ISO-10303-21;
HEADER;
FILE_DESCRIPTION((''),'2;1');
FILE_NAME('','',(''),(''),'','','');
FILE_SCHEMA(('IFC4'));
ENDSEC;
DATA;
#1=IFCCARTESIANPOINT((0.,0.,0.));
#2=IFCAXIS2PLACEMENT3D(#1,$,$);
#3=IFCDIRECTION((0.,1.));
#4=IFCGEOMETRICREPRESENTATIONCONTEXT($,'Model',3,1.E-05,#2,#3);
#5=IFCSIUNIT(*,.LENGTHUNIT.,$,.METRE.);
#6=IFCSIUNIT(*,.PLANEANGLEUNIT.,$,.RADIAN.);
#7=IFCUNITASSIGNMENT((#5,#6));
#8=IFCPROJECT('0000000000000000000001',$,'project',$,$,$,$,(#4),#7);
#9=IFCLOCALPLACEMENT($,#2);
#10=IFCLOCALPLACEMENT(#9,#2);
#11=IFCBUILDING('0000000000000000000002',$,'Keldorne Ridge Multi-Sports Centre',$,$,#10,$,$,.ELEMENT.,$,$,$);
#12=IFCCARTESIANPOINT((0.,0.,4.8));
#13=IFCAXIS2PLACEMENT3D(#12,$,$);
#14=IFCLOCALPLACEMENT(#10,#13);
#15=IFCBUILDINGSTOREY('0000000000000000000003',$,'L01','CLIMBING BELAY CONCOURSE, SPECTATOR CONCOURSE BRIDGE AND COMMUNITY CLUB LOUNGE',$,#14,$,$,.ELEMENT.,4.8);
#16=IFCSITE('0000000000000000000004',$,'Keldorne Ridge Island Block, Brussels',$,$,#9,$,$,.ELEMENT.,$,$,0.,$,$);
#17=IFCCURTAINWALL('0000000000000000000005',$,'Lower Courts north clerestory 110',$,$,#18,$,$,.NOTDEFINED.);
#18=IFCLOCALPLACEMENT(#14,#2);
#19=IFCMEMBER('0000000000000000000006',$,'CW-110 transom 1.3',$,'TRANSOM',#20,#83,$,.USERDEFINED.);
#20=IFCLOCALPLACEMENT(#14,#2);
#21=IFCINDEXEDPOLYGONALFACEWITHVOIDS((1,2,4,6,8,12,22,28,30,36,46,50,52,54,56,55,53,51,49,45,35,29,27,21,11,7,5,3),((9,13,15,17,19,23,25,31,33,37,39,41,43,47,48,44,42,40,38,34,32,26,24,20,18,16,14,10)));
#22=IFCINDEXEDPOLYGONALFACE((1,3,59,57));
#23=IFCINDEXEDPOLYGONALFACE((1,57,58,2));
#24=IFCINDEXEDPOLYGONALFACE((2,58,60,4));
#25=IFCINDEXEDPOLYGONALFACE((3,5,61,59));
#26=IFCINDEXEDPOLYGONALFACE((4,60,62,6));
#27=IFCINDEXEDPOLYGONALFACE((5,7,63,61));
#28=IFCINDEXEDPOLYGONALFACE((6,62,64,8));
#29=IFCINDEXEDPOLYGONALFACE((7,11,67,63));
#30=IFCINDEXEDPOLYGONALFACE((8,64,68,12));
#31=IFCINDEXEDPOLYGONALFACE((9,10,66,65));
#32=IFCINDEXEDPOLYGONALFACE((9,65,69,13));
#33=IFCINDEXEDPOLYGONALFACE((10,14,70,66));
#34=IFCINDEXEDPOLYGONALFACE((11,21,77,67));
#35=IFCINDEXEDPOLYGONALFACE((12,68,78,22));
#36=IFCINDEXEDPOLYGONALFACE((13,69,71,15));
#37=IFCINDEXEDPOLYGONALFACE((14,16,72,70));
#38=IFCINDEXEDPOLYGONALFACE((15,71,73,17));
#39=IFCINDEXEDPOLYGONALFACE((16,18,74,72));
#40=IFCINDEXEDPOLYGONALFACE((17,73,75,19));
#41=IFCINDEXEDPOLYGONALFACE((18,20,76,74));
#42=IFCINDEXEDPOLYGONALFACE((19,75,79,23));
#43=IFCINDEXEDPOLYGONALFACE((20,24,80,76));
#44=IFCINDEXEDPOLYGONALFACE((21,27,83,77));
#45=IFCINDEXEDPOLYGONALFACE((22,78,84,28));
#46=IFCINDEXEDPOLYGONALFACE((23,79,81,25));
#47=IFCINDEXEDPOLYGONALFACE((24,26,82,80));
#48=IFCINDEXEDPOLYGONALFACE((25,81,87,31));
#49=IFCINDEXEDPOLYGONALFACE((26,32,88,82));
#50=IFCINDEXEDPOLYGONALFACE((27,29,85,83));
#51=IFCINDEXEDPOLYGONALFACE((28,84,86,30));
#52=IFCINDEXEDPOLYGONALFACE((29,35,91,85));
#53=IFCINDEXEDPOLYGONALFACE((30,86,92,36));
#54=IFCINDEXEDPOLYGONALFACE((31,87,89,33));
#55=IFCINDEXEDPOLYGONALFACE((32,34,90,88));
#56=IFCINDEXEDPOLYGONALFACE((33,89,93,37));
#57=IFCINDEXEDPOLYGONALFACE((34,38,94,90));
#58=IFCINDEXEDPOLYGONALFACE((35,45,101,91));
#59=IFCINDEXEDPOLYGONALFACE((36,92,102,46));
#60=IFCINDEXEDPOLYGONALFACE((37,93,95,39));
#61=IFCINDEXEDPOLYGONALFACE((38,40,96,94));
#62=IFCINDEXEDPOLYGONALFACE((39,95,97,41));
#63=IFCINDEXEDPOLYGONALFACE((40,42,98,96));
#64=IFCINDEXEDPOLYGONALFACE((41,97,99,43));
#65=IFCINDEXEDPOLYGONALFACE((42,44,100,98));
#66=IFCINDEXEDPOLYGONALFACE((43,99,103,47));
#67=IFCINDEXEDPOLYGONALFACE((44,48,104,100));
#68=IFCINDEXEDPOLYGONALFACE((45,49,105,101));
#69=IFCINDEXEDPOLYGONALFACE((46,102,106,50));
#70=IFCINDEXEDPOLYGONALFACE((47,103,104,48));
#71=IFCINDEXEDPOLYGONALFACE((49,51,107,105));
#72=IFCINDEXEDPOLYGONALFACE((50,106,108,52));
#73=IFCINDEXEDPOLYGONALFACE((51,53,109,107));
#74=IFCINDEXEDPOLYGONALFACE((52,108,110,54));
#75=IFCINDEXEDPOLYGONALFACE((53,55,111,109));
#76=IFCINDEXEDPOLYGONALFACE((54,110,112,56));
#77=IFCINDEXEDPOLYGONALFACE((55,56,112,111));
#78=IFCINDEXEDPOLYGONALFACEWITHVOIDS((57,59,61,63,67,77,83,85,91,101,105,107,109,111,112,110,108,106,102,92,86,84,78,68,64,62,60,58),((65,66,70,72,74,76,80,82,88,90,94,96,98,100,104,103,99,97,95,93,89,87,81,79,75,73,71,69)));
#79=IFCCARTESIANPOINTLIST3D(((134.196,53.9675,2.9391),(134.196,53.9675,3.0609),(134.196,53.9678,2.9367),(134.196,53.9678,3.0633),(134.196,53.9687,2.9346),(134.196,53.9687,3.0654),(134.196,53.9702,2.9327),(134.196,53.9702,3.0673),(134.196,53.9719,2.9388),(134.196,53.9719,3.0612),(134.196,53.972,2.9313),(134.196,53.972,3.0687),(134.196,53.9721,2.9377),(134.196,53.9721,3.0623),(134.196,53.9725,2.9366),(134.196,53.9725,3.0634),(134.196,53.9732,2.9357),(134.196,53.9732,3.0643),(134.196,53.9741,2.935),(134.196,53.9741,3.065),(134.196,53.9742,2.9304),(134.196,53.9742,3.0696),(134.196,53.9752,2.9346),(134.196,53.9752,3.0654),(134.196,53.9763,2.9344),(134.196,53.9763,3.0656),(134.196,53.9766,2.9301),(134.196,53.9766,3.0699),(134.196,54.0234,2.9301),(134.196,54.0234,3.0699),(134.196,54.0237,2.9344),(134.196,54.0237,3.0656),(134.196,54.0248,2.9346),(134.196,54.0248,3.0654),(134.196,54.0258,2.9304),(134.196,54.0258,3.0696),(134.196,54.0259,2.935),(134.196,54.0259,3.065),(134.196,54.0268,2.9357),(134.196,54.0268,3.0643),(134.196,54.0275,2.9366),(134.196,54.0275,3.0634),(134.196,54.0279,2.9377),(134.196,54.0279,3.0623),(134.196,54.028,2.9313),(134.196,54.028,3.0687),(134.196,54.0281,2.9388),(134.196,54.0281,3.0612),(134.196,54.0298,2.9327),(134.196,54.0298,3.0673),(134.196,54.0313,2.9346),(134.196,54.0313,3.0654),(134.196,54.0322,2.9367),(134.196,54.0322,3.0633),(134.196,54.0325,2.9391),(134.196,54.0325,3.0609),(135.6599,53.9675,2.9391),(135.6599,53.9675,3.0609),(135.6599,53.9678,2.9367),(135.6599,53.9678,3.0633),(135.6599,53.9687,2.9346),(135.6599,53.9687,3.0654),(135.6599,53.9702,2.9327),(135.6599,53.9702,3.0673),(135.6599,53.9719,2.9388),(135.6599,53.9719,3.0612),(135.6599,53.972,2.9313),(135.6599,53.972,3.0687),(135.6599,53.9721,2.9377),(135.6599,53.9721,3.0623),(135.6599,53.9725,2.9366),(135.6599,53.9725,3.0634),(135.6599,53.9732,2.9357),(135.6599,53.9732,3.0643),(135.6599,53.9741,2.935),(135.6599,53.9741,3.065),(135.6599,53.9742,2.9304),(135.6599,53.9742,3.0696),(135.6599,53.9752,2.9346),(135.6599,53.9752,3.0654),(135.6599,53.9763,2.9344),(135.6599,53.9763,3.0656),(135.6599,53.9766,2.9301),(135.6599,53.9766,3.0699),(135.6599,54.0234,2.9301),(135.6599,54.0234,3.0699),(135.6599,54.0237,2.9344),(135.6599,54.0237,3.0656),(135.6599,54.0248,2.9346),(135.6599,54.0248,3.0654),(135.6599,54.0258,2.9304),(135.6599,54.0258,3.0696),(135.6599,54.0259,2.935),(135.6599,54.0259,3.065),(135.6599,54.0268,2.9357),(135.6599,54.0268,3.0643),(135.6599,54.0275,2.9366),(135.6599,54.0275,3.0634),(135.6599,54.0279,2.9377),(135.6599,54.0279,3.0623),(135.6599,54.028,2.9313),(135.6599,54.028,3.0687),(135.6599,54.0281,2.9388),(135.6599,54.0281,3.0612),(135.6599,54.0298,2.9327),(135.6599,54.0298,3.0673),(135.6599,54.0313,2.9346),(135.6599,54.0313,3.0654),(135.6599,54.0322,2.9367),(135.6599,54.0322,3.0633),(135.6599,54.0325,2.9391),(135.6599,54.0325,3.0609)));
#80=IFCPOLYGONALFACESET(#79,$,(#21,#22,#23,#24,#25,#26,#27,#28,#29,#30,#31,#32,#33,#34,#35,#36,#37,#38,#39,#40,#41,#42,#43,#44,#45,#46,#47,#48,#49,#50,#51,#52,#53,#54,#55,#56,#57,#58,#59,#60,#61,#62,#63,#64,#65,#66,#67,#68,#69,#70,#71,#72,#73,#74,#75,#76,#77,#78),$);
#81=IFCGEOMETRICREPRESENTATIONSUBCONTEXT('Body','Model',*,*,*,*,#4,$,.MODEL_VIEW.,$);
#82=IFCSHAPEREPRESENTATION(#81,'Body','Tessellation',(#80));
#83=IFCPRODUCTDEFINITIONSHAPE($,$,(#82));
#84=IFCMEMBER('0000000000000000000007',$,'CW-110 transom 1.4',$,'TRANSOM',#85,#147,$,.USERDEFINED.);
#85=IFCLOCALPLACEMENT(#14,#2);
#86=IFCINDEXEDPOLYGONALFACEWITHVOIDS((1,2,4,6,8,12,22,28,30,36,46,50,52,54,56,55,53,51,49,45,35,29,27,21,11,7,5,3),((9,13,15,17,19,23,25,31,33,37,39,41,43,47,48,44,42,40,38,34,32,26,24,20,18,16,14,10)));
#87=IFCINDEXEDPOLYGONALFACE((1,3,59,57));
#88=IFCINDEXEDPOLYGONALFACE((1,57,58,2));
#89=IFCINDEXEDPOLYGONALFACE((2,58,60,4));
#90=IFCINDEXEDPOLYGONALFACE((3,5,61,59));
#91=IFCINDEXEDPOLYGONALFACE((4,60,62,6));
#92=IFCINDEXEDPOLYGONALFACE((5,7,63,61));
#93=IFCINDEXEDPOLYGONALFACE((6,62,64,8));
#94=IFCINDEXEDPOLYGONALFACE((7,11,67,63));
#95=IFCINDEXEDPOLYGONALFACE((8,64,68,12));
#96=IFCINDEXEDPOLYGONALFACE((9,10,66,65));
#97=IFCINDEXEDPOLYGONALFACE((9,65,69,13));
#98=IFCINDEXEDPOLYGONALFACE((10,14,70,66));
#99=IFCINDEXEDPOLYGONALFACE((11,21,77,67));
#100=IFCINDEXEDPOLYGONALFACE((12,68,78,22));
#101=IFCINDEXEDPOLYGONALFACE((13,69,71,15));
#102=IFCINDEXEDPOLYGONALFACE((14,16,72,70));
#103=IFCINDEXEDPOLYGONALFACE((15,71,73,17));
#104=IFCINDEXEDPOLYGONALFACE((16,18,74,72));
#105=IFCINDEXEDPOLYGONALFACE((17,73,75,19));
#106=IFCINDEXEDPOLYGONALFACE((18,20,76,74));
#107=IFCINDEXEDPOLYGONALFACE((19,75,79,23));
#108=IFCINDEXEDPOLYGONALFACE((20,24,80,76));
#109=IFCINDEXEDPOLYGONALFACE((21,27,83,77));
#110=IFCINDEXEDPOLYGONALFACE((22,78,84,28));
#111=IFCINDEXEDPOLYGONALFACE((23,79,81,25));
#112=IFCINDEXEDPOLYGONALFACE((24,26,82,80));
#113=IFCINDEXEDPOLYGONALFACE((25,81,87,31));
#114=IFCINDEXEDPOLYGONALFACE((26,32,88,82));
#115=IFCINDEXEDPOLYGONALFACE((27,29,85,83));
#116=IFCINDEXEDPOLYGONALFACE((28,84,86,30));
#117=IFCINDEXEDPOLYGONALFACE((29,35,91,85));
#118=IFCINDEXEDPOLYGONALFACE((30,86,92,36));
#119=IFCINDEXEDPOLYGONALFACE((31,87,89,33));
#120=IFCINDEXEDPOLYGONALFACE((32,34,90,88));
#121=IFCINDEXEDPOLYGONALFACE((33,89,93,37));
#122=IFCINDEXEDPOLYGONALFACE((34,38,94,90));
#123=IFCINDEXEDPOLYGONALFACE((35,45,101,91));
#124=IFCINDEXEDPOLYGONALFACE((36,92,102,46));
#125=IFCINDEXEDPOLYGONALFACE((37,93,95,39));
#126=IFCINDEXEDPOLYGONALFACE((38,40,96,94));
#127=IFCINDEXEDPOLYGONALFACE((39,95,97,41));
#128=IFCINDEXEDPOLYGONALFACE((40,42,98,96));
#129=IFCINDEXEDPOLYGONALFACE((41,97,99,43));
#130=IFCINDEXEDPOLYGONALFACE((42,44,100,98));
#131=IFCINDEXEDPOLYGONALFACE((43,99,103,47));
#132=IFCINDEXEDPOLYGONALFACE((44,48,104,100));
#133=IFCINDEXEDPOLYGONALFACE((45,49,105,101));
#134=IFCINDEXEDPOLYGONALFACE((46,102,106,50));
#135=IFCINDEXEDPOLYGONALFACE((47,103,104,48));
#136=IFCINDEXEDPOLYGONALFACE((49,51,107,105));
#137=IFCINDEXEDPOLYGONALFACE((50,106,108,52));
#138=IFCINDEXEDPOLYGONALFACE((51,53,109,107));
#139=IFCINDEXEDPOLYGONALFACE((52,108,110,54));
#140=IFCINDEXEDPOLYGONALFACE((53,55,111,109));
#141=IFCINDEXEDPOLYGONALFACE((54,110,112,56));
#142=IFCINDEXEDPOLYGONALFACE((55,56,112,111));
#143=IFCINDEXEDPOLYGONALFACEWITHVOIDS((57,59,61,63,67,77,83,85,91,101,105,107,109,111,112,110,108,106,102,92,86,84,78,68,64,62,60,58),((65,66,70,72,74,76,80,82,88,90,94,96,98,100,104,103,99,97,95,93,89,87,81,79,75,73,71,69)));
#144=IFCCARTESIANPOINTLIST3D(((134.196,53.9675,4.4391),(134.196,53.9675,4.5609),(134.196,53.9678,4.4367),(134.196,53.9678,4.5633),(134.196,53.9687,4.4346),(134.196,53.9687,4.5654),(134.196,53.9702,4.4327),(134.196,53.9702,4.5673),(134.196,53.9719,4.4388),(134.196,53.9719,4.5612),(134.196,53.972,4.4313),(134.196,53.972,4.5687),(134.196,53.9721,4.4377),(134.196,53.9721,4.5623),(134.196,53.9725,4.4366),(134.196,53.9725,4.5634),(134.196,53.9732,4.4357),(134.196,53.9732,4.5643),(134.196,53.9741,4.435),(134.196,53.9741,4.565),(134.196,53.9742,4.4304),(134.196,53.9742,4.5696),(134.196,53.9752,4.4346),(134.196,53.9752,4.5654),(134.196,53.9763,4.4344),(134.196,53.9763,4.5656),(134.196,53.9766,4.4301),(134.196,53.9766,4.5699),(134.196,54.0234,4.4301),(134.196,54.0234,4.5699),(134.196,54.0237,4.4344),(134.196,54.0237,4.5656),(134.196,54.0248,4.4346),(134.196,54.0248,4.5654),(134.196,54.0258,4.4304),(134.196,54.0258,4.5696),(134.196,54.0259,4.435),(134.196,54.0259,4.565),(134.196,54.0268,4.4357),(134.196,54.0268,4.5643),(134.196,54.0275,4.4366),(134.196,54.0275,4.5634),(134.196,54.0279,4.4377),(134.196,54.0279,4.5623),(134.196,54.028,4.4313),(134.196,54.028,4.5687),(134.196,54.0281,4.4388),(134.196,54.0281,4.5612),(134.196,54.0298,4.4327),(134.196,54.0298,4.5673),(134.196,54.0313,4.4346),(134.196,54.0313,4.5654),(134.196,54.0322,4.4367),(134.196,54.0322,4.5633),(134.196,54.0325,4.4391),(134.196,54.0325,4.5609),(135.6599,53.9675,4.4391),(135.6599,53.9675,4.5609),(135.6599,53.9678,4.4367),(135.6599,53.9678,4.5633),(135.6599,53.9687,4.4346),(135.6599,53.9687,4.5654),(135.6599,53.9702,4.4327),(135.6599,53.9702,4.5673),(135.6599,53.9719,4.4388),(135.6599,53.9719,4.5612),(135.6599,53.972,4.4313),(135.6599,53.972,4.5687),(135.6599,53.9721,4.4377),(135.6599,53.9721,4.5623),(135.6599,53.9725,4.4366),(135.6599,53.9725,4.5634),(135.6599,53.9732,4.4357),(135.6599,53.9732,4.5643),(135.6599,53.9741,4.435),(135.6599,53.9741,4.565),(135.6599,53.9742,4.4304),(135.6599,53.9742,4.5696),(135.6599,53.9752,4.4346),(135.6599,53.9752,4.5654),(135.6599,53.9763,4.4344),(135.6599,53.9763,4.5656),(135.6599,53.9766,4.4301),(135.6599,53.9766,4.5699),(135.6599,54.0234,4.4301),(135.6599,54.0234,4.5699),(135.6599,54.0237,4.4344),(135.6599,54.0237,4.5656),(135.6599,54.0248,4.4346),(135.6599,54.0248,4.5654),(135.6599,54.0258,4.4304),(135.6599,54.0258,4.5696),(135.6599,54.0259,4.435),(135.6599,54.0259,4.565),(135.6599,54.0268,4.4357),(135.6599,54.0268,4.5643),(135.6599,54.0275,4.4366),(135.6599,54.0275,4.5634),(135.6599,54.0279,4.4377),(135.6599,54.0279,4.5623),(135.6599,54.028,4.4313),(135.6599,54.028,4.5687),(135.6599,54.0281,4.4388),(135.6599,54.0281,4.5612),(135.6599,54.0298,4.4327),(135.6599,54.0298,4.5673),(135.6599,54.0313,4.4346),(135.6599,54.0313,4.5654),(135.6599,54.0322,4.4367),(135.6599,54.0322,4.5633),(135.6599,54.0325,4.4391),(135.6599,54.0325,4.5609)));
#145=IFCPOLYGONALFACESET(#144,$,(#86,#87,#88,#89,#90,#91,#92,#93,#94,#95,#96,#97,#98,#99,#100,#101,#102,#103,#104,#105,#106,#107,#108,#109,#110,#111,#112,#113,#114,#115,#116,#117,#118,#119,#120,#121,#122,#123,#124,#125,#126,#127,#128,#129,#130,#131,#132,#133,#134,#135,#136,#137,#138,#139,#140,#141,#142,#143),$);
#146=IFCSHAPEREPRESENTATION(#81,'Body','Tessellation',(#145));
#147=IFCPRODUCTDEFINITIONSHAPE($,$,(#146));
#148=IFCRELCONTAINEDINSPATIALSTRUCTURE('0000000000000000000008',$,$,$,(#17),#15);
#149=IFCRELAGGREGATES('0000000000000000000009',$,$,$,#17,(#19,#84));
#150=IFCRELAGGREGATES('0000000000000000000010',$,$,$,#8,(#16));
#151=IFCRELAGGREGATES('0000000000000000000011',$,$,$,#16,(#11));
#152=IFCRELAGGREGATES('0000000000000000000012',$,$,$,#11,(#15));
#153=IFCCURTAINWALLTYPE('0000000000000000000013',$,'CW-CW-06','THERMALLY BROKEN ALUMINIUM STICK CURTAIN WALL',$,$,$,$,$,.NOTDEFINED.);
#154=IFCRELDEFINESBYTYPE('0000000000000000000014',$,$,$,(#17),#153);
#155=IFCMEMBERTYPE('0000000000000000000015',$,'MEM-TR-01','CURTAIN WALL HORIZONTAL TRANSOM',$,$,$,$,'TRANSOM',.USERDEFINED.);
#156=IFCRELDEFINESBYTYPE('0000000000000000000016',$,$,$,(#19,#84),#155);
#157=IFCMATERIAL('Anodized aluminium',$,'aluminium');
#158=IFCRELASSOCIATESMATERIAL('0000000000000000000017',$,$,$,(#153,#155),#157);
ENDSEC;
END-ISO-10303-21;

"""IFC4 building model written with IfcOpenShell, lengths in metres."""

from ifc_helpers import new_model, si_unit, direction, frame, origin, origin_2d, place, context, subcontext, project, spatial, hollow_rectangle, extrude, material, material_profile, profile_set, type_object, element, aggregate, save


model = new_model("IFC4")

# Units and contexts
model_context = context("Model", 3, precision=1e-05, world=origin(), true_north=direction((0.0, 1.0)))
body_context = subcontext(model_context, "Body", "Model", "MODEL_VIEW")
ifc_project = project(units=[si_unit("LENGTHUNIT", "METRE"), si_unit("PLANEANGLEUNIT", "RADIAN")], contexts=[model_context])

# Site, building, storey
site_placement = place(None, origin())
site = spatial("IfcSite", under=ifc_project, at=site_placement, Name="Keldorne Ridge Island Block, Brussels", CompositionType="ELEMENT", RefElevation=0.0)
building_placement = place(site_placement, origin())
building = spatial("IfcBuilding", under=site, at=building_placement, Name="Keldorne Ridge Multi-Sports Centre", CompositionType="ELEMENT")
storey_placement = place(building_placement, frame((0.0, 0.0, 4.8)))
storey = spatial("IfcBuildingStorey", under=building, at=storey_placement, Name="L01", Description="CLIMBING BELAY CONCOURSE, SPECTATOR CONCOURSE BRIDGE AND COMMUNITY CLUB LOUNGE", CompositionType="ELEMENT", Elevation=4.8)

# Curtain wall
ifc_material_1 = material(Name="Anodized aluminium", Category="aluminium")
curtain_wall_type_1 = type_object("IfcCurtainWallType", Name="CW-CW-06", Description="THERMALLY BROKEN ALUMINIUM STICK CURTAIN WALL", PredefinedType="NOTDEFINED", material=ifc_material_1)
curtain_wall_1_placement = place(storey_placement, origin())
curtain_wall_1 = element("IfcCurtainWall", 1, at=curtain_wall_1_placement, inside=storey, type_object=curtain_wall_type_1, Name="Lower Courts north clerestory 110", PredefinedType="NOTDEFINED")

# Members
ifc_material_profile_1 = material_profile(ifc_material_1, hollow_rectangle(XDim=0.0649, YDim=0.1399, WallThickness=0.0044, InnerFilletRadius=0.0044, OuterFilletRadius=0.009, at=origin_2d()), Name="ALU TRANSOM 140x65x4.5")
ifc_profile_set_1 = profile_set([ifc_material_profile_1], Name="Anodized aluminium")
member_type_1 = type_object("IfcMemberType", Name="MEM-TR-01", Description="CURTAIN WALL HORIZONTAL TRANSOM", ElementType="TRANSOM", PredefinedType="USERDEFINED", material=ifc_profile_set_1)
member_1_placement = place(storey_placement, frame((135.6599, 54.0, 3.0), z_axis=(-1.0, 0.0, 0.0), x_axis=(0.0, -1.0, 0.0)))
member_1 = element("IfcMember", 2, at=member_1_placement, type_object=member_type_1, Name="CW-110 transom 1.3", ObjectType="TRANSOM", PredefinedType="USERDEFINED", context=body_context, shape_type="SweptSolid", body=[
    extrude(hollow_rectangle(XDim=0.0649, YDim=0.1399, WallThickness=0.0044, InnerFilletRadius=0.0044, OuterFilletRadius=0.009, at=origin_2d()), origin(), (0.0, 0.0, 1.0), 1.4639),
])
member_2_placement = place(storey_placement, frame((135.6599, 54.0, 4.5), z_axis=(-1.0, 0.0, 0.0), x_axis=(0.0, -1.0, 0.0)))
member_2 = element("IfcMember", 3, at=member_2_placement, type_object=member_type_1, Name="CW-110 transom 1.4", ObjectType="TRANSOM", PredefinedType="USERDEFINED", context=body_context, shape_type="SweptSolid", body=[
    extrude(hollow_rectangle(XDim=0.0649, YDim=0.1399, WallThickness=0.0044, InnerFilletRadius=0.0044, OuterFilletRadius=0.009, at=origin_2d()), origin(), (0.0, 0.0, 1.0), 1.4639),
])

aggregate(curtain_wall_1, [member_1, member_2])

save(model, "model.ifc")
